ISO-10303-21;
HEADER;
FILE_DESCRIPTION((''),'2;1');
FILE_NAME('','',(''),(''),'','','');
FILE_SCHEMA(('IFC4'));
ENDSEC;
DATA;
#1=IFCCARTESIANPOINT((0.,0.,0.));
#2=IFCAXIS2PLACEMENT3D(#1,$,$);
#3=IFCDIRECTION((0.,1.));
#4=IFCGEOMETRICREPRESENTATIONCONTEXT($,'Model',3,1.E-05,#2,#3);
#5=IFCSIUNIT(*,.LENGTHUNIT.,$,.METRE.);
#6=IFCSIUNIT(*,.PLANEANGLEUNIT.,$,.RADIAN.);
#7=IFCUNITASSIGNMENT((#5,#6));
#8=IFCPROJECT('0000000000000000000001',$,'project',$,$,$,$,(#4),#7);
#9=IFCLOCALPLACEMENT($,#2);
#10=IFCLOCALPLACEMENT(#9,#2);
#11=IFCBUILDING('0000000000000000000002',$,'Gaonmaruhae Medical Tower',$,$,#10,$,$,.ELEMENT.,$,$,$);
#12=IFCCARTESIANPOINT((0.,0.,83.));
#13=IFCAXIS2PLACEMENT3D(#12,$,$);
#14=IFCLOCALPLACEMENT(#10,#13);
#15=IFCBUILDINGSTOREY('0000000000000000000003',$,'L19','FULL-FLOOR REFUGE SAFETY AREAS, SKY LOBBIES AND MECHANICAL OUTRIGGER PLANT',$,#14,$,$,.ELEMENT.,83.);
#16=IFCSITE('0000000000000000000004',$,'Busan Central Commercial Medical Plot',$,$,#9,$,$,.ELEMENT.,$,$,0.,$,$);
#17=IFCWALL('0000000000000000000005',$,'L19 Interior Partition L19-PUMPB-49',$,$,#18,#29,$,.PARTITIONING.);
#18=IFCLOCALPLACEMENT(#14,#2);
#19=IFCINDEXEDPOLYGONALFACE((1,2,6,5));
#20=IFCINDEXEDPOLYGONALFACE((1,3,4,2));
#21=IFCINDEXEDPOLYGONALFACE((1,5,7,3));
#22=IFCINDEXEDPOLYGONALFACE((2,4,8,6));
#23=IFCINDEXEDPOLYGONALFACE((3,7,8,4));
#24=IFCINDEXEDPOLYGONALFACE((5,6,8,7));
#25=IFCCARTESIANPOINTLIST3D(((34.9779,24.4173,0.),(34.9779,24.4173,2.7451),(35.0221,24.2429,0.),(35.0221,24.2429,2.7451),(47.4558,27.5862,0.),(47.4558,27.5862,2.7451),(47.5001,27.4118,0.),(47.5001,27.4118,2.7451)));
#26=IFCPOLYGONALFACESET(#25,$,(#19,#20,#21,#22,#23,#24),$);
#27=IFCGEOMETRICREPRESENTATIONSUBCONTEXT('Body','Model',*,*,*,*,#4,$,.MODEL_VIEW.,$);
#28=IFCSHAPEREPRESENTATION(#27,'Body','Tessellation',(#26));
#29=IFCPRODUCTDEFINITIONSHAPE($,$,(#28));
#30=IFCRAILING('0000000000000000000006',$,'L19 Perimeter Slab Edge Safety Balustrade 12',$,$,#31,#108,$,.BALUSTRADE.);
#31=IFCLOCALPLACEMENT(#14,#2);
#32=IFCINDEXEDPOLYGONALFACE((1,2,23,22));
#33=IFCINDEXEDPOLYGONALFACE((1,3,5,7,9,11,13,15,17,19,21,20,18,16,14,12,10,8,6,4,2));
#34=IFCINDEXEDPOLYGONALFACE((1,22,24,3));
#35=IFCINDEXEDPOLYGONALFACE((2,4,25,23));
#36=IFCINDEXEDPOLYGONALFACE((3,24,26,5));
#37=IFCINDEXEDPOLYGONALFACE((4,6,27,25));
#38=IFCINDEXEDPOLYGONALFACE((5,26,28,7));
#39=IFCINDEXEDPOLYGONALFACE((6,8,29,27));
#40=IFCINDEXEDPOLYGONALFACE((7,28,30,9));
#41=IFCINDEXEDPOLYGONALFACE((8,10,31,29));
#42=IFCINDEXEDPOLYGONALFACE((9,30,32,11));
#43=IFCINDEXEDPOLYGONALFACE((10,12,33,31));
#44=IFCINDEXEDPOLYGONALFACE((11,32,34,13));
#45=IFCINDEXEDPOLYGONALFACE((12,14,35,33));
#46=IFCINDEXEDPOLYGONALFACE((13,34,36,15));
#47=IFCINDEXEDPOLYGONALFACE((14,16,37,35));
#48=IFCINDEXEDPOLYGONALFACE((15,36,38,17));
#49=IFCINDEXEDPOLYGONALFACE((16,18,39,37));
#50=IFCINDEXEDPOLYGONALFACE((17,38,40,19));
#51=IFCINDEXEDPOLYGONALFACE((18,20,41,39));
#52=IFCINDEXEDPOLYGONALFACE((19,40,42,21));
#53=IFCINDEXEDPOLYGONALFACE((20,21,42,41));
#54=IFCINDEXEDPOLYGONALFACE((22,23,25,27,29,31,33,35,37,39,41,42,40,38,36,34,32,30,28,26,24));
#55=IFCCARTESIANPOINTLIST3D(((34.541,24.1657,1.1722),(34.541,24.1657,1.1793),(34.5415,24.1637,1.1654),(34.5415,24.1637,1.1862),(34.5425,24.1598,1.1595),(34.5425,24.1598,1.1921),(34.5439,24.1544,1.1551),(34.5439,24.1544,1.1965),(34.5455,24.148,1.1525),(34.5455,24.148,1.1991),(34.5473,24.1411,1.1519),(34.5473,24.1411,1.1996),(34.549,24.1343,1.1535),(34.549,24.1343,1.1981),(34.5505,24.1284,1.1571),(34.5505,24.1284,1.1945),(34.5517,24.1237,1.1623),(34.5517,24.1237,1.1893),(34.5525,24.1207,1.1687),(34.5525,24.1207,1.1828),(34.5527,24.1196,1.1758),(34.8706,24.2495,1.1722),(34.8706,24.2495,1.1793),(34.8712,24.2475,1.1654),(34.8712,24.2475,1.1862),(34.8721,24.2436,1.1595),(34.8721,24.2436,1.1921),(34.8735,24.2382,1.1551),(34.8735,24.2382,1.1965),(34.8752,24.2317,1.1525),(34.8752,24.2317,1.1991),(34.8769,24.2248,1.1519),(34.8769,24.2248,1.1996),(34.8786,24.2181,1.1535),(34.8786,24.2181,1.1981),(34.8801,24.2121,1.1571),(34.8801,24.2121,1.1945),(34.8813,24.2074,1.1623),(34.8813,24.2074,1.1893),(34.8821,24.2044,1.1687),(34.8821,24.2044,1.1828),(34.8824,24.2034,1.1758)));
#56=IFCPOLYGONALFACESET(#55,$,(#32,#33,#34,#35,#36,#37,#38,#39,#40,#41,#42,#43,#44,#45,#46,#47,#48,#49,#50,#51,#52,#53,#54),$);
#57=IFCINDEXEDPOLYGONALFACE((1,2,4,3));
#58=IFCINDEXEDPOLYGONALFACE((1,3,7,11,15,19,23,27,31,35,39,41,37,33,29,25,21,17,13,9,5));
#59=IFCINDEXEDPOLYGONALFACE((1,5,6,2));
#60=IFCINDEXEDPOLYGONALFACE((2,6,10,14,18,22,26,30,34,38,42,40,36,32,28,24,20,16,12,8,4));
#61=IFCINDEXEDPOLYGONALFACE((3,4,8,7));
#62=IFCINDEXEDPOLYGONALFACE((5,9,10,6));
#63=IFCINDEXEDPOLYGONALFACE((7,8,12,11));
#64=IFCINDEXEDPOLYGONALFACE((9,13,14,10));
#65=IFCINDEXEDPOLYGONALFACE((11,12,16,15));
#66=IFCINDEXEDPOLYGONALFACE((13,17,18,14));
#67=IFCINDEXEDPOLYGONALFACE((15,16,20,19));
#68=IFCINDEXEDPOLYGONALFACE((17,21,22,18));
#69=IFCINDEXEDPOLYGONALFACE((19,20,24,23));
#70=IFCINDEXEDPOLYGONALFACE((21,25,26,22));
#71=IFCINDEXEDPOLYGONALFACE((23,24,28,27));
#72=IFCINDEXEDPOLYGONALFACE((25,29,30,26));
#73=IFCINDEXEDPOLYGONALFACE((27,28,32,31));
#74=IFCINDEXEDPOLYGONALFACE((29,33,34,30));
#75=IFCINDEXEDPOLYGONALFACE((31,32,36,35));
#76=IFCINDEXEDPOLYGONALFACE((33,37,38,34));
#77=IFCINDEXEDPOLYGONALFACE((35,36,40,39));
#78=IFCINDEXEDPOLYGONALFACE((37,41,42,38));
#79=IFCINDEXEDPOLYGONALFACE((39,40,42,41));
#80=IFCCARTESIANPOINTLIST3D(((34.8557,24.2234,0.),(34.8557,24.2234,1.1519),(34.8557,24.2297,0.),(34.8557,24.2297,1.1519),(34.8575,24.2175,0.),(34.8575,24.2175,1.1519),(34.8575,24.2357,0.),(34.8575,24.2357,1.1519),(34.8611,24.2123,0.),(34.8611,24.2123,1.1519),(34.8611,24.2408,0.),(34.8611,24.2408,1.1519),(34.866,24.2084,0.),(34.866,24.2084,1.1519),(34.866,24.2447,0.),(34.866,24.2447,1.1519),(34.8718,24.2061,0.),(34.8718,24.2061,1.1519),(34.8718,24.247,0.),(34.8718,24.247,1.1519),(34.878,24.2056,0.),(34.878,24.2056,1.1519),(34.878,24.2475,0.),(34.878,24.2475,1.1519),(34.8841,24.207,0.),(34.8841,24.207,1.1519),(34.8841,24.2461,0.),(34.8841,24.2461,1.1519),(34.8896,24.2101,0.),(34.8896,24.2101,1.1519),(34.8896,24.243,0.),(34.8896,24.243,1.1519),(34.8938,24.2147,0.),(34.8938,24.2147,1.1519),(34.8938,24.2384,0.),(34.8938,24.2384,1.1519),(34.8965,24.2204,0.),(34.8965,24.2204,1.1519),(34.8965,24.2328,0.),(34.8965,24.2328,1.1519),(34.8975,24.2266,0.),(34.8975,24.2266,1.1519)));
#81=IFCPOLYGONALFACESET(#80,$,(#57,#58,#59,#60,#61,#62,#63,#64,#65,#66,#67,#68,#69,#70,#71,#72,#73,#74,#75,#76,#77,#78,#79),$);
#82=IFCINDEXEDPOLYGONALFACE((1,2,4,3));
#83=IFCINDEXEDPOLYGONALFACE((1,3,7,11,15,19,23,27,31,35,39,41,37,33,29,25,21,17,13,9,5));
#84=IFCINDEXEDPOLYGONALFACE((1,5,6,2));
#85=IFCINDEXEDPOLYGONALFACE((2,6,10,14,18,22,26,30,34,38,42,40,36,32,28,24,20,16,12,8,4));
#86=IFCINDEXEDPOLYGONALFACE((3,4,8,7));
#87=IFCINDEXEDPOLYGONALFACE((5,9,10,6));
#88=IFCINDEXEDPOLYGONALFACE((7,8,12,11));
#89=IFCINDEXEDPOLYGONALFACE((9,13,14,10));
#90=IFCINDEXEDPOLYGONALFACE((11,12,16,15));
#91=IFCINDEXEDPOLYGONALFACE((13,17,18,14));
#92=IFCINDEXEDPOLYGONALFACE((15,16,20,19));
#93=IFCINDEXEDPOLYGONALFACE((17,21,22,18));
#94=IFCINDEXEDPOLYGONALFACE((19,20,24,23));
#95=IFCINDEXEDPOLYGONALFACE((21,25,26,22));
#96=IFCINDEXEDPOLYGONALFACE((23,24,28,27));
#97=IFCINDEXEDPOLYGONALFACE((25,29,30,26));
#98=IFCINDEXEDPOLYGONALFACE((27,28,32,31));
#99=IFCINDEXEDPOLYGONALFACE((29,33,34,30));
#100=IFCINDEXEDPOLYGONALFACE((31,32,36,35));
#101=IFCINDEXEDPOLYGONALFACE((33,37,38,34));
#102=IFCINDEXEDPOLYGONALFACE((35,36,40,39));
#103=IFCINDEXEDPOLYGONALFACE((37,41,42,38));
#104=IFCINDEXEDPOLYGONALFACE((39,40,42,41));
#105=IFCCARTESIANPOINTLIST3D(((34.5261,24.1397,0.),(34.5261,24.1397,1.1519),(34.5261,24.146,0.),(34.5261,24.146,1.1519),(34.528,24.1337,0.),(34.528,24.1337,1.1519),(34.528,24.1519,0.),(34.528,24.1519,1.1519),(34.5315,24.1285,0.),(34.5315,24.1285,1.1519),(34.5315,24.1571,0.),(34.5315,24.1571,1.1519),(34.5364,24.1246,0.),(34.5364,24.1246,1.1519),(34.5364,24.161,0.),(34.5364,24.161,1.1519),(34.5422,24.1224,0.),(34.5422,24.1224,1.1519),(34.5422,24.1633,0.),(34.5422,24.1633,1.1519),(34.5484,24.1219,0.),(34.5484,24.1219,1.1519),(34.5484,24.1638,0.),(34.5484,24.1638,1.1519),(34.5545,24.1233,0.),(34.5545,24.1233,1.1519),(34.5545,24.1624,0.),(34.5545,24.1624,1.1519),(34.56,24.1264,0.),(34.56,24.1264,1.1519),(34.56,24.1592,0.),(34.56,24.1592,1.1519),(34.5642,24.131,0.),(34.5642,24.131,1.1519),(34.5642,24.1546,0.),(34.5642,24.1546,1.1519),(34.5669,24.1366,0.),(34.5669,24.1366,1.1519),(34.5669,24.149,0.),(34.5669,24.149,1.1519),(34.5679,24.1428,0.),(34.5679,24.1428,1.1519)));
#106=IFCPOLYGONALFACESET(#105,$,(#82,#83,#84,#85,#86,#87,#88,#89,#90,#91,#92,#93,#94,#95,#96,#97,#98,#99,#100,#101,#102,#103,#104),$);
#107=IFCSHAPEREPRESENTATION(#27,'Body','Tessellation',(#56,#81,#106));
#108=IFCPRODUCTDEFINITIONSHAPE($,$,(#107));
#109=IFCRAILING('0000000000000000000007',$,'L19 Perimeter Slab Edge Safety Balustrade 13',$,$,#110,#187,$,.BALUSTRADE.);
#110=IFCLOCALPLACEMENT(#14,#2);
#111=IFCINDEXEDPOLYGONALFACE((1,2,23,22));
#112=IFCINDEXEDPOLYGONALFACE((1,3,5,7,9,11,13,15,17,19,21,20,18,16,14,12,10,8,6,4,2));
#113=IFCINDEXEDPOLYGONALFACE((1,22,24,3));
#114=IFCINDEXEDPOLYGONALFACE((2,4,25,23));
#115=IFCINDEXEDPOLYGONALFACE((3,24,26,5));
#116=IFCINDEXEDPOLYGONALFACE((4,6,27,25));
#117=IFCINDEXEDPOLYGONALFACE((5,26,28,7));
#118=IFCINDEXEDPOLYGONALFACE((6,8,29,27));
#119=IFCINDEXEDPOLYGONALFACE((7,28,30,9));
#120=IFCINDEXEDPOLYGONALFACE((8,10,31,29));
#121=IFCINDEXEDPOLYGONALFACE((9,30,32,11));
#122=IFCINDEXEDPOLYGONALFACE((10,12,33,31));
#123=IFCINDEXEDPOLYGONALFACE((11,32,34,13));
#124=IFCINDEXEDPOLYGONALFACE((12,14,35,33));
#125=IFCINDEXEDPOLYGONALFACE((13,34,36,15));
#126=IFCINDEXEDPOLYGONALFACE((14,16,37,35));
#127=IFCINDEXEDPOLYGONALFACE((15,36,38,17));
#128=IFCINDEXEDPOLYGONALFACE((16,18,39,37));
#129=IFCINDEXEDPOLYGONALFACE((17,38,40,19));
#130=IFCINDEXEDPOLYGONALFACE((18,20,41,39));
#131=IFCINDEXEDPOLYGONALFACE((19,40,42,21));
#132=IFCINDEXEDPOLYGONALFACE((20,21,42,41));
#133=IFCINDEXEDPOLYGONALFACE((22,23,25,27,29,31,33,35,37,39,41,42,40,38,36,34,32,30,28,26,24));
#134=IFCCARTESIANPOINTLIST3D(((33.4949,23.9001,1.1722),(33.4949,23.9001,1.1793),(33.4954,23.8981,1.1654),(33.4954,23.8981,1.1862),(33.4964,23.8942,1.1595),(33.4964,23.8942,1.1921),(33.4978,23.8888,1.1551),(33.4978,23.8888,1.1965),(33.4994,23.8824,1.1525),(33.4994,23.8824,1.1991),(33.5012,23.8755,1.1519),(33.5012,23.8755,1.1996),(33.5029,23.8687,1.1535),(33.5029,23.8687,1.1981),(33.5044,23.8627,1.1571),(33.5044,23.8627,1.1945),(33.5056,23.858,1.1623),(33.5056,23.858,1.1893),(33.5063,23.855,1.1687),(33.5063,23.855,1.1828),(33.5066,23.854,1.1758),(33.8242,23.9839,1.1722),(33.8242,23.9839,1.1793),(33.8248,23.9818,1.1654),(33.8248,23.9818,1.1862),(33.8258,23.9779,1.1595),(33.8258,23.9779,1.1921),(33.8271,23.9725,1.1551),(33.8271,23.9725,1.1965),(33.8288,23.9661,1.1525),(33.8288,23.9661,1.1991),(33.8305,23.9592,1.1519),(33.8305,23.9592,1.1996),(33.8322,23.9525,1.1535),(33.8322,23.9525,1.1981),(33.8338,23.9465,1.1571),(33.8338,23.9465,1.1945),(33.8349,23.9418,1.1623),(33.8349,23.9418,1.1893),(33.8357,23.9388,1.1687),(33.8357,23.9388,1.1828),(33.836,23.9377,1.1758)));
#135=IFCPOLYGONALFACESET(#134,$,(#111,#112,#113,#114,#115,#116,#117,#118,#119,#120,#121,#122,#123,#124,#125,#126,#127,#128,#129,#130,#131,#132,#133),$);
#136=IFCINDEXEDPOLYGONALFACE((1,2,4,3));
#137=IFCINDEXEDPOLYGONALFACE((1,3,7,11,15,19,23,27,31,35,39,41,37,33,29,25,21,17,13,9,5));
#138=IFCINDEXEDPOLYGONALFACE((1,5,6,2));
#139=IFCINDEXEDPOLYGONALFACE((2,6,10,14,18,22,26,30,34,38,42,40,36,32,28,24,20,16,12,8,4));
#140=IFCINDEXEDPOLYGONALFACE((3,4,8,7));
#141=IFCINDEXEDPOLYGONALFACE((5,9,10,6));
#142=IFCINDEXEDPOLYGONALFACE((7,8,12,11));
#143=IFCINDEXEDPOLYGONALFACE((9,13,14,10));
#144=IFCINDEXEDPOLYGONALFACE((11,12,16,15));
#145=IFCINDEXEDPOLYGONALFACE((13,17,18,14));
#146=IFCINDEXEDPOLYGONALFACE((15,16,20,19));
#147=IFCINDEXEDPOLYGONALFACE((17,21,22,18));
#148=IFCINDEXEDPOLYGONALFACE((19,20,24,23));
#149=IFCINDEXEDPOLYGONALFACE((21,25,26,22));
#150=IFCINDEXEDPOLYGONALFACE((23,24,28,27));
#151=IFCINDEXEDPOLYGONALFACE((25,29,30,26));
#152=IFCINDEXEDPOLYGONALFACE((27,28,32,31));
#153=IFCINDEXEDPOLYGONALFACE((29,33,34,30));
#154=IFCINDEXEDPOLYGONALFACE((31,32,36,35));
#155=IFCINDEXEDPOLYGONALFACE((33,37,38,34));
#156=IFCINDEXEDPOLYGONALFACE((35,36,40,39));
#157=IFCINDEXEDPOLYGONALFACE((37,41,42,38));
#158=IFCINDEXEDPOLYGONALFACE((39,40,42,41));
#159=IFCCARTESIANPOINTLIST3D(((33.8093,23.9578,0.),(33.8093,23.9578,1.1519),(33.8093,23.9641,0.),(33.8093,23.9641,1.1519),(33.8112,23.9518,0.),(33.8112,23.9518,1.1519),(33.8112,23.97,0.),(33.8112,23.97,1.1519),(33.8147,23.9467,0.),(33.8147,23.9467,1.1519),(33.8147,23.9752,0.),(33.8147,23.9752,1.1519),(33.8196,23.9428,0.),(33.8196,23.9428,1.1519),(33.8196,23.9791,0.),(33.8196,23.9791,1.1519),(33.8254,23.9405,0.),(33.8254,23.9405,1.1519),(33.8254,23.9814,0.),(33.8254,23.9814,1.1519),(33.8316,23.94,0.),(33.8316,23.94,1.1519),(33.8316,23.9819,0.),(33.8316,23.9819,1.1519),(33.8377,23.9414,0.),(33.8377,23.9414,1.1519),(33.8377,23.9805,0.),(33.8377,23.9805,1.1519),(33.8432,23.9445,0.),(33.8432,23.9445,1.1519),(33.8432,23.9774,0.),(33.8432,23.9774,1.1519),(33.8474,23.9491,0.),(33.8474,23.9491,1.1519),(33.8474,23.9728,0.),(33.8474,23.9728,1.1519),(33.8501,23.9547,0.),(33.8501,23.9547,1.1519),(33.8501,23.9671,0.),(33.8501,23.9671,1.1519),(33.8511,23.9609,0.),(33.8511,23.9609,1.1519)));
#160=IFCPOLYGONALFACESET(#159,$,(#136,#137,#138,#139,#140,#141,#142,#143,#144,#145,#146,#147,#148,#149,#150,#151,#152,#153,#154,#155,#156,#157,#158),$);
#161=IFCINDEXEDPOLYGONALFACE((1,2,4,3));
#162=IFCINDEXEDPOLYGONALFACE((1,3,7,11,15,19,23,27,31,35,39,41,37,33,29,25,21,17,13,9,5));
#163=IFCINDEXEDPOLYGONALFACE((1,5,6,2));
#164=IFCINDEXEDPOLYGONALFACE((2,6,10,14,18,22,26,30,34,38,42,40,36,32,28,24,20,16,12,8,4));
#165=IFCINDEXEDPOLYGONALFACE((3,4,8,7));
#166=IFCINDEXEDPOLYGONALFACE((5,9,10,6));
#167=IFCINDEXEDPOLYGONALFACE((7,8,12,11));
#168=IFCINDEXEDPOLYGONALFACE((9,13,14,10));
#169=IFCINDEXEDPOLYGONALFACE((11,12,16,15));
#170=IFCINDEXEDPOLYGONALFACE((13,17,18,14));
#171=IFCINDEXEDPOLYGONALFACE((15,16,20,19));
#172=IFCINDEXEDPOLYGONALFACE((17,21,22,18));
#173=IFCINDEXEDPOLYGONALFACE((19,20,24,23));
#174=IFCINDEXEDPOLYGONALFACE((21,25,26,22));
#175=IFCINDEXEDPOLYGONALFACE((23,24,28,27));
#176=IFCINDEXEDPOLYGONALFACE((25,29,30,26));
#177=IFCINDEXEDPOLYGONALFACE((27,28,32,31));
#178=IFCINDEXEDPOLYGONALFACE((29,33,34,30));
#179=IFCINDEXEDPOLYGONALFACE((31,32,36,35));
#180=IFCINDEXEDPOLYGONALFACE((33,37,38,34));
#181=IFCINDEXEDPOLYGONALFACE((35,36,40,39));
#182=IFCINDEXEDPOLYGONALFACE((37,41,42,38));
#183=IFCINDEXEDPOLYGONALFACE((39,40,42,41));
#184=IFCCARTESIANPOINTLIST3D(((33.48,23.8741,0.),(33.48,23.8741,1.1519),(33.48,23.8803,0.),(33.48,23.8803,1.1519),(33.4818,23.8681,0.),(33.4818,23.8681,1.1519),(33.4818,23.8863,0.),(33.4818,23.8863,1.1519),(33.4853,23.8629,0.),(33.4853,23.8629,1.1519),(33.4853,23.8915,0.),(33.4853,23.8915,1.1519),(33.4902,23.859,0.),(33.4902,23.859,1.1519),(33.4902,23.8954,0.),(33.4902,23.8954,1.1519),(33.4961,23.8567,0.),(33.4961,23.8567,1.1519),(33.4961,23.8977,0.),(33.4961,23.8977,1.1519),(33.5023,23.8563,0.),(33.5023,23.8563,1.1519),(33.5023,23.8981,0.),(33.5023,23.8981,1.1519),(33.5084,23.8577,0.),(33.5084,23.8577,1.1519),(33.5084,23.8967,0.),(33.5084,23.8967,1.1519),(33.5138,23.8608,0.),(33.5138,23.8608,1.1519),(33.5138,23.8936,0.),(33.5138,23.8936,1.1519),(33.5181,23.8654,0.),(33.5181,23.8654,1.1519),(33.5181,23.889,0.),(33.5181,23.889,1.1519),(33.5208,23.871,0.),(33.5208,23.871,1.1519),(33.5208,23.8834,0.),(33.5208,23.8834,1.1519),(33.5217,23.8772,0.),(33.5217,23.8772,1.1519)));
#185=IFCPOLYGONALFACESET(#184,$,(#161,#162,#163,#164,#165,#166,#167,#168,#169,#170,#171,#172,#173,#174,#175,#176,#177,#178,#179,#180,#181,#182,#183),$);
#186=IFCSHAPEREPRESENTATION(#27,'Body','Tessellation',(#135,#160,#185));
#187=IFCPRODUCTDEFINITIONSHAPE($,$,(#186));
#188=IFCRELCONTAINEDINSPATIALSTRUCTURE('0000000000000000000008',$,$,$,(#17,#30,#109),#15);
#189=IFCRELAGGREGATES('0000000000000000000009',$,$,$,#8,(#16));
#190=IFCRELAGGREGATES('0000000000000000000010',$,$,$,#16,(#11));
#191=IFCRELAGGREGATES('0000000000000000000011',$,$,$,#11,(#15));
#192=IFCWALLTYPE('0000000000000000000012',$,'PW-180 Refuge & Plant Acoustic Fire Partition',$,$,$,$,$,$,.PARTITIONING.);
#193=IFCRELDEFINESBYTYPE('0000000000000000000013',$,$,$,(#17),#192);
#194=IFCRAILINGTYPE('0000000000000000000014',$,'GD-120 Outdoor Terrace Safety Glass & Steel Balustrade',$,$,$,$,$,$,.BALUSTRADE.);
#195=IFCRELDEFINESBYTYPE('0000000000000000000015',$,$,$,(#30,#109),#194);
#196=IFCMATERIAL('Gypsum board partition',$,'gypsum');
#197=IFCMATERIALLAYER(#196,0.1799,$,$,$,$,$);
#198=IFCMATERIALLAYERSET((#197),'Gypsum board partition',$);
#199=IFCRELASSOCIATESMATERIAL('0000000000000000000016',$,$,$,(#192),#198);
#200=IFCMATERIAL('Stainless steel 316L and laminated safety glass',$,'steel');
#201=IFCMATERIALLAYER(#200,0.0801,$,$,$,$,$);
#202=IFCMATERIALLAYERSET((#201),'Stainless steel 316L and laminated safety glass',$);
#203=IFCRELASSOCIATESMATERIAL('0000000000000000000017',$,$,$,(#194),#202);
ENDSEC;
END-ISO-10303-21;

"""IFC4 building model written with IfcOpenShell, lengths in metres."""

from ifc_helpers import new_model, si_unit, direction, frame, frame_2d, origin, origin_2d, place, context, subcontext, project, spatial, rectangle, circle, extrude, material, layer, layer_set, type_object, element, save


model = new_model("IFC4")

# Units and contexts
model_context = context("Model", 3, precision=1e-05, world=origin(), true_north=direction((0.0, 1.0)))
body_context = subcontext(model_context, "Body", "Model", "MODEL_VIEW")
ifc_project = project(units=[si_unit("LENGTHUNIT", "METRE"), si_unit("PLANEANGLEUNIT", "RADIAN")], contexts=[model_context])

# Site, building, storey
site_placement = place(None, origin())
site = spatial("IfcSite", under=ifc_project, at=site_placement, Name="Busan Central Commercial Medical Plot", CompositionType="ELEMENT", RefElevation=0.0)
building_placement = place(site_placement, origin())
building = spatial("IfcBuilding", under=site, at=building_placement, Name="Gaonmaruhae Medical Tower", CompositionType="ELEMENT")
storey_placement = place(building_placement, frame((0.0, 0.0, 83.0)))
storey = spatial("IfcBuildingStorey", under=building, at=storey_placement, Name="L19", Description="FULL-FLOOR REFUGE SAFETY AREAS, SKY LOBBIES AND MECHANICAL OUTRIGGER PLANT", CompositionType="ELEMENT", Elevation=83.0)

# Wall
ifc_material_1 = material(Name="Gypsum board partition", Category="gypsum")
ifc_layer_1 = layer(ifc_material_1, 0.1799)
ifc_layer_set_1 = layer_set([ifc_layer_1], Name="Gypsum board partition")
wall_type_1 = type_object("IfcWallType", Name="PW-180 Refuge & Plant Acoustic Fire Partition", PredefinedType="PARTITIONING", material=ifc_layer_set_1)
wall_1_placement = place(storey_placement, frame((35.0, 24.3301, 0.0), z_axis=(0.0, 0.0, 1.0), x_axis=(0.969232, 0.246148, 0.0)))
element("IfcWall", 1, at=wall_1_placement, inside=storey, type_object=wall_type_1, Name="L19 Interior Partition L19-PUMPB-49", PredefinedType="PARTITIONING", context=body_context, shape_type="SweptSolid", body=[
    extrude(rectangle(XDim=12.874, YDim=0.1799, at=frame_2d((6.437, 0.0))), origin(), (0.0, 0.0, 1.0), 2.7451),
])

# Railings
ifc_material_2 = material(Name="Stainless steel 316L and laminated safety glass", Category="steel")
ifc_layer_2 = layer(ifc_material_2, 0.0801)
ifc_layer_set_2 = layer_set([ifc_layer_2], Name="Stainless steel 316L and laminated safety glass")
railing_type = type_object("IfcRailingType", Name="GD-120 Outdoor Terrace Safety Glass & Steel Balustrade", PredefinedType="BALUSTRADE", material=ifc_layer_set_2)
railing_1_placement = place(storey_placement, frame((34.8765, 24.2266, 0.0)))
element("IfcRailing", 2, at=railing_1_placement, inside=storey, type_object=railing_type, Name="L19 Perimeter Slab Edge Safety Balustrade 12", PredefinedType="BALUSTRADE", context=body_context, shape_type="SweptSolid", body=[
    extrude(circle(Radius=0.0239, at=origin_2d()), frame((0.0, 0.0, 1.1758), z_axis=(-0.969206, -0.24625, 0.0), x_axis=(0.24625, -0.969206, 0.0)), (0.0, 0.0, 1.0), 0.3401),
    extrude(circle(Radius=0.021, at=origin_2d()), origin(), (0.0, 0.0, 1.0), 1.1519),
    extrude(circle(Radius=0.021, at=origin_2d()), frame((-0.3296, -0.0837, 0.0)), (0.0, 0.0, 1.0), 1.1519),
])
railing_2_placement = place(storey_placement, frame((33.8301, 23.9609, 0.0)))
element("IfcRailing", 3, at=railing_2_placement, inside=storey, type_object=railing_type, Name="L19 Perimeter Slab Edge Safety Balustrade 13", PredefinedType="BALUSTRADE", context=body_context, shape_type="SweptSolid", body=[
    extrude(circle(Radius=0.0239, at=origin_2d()), frame((0.0, 0.0, 1.1758), z_axis=(-0.969163, -0.246422, 0.0), x_axis=(0.246422, -0.969163, 0.0)), (0.0, 0.0, 1.0), 0.3398),
    extrude(circle(Radius=0.021, at=origin_2d()), origin(), (0.0, 0.0, 1.0), 1.1519),
    extrude(circle(Radius=0.021, at=origin_2d()), frame((-0.3293, -0.0837, 0.0)), (0.0, 0.0, 1.0), 1.1519),
])

save(model, "model.ifc")
